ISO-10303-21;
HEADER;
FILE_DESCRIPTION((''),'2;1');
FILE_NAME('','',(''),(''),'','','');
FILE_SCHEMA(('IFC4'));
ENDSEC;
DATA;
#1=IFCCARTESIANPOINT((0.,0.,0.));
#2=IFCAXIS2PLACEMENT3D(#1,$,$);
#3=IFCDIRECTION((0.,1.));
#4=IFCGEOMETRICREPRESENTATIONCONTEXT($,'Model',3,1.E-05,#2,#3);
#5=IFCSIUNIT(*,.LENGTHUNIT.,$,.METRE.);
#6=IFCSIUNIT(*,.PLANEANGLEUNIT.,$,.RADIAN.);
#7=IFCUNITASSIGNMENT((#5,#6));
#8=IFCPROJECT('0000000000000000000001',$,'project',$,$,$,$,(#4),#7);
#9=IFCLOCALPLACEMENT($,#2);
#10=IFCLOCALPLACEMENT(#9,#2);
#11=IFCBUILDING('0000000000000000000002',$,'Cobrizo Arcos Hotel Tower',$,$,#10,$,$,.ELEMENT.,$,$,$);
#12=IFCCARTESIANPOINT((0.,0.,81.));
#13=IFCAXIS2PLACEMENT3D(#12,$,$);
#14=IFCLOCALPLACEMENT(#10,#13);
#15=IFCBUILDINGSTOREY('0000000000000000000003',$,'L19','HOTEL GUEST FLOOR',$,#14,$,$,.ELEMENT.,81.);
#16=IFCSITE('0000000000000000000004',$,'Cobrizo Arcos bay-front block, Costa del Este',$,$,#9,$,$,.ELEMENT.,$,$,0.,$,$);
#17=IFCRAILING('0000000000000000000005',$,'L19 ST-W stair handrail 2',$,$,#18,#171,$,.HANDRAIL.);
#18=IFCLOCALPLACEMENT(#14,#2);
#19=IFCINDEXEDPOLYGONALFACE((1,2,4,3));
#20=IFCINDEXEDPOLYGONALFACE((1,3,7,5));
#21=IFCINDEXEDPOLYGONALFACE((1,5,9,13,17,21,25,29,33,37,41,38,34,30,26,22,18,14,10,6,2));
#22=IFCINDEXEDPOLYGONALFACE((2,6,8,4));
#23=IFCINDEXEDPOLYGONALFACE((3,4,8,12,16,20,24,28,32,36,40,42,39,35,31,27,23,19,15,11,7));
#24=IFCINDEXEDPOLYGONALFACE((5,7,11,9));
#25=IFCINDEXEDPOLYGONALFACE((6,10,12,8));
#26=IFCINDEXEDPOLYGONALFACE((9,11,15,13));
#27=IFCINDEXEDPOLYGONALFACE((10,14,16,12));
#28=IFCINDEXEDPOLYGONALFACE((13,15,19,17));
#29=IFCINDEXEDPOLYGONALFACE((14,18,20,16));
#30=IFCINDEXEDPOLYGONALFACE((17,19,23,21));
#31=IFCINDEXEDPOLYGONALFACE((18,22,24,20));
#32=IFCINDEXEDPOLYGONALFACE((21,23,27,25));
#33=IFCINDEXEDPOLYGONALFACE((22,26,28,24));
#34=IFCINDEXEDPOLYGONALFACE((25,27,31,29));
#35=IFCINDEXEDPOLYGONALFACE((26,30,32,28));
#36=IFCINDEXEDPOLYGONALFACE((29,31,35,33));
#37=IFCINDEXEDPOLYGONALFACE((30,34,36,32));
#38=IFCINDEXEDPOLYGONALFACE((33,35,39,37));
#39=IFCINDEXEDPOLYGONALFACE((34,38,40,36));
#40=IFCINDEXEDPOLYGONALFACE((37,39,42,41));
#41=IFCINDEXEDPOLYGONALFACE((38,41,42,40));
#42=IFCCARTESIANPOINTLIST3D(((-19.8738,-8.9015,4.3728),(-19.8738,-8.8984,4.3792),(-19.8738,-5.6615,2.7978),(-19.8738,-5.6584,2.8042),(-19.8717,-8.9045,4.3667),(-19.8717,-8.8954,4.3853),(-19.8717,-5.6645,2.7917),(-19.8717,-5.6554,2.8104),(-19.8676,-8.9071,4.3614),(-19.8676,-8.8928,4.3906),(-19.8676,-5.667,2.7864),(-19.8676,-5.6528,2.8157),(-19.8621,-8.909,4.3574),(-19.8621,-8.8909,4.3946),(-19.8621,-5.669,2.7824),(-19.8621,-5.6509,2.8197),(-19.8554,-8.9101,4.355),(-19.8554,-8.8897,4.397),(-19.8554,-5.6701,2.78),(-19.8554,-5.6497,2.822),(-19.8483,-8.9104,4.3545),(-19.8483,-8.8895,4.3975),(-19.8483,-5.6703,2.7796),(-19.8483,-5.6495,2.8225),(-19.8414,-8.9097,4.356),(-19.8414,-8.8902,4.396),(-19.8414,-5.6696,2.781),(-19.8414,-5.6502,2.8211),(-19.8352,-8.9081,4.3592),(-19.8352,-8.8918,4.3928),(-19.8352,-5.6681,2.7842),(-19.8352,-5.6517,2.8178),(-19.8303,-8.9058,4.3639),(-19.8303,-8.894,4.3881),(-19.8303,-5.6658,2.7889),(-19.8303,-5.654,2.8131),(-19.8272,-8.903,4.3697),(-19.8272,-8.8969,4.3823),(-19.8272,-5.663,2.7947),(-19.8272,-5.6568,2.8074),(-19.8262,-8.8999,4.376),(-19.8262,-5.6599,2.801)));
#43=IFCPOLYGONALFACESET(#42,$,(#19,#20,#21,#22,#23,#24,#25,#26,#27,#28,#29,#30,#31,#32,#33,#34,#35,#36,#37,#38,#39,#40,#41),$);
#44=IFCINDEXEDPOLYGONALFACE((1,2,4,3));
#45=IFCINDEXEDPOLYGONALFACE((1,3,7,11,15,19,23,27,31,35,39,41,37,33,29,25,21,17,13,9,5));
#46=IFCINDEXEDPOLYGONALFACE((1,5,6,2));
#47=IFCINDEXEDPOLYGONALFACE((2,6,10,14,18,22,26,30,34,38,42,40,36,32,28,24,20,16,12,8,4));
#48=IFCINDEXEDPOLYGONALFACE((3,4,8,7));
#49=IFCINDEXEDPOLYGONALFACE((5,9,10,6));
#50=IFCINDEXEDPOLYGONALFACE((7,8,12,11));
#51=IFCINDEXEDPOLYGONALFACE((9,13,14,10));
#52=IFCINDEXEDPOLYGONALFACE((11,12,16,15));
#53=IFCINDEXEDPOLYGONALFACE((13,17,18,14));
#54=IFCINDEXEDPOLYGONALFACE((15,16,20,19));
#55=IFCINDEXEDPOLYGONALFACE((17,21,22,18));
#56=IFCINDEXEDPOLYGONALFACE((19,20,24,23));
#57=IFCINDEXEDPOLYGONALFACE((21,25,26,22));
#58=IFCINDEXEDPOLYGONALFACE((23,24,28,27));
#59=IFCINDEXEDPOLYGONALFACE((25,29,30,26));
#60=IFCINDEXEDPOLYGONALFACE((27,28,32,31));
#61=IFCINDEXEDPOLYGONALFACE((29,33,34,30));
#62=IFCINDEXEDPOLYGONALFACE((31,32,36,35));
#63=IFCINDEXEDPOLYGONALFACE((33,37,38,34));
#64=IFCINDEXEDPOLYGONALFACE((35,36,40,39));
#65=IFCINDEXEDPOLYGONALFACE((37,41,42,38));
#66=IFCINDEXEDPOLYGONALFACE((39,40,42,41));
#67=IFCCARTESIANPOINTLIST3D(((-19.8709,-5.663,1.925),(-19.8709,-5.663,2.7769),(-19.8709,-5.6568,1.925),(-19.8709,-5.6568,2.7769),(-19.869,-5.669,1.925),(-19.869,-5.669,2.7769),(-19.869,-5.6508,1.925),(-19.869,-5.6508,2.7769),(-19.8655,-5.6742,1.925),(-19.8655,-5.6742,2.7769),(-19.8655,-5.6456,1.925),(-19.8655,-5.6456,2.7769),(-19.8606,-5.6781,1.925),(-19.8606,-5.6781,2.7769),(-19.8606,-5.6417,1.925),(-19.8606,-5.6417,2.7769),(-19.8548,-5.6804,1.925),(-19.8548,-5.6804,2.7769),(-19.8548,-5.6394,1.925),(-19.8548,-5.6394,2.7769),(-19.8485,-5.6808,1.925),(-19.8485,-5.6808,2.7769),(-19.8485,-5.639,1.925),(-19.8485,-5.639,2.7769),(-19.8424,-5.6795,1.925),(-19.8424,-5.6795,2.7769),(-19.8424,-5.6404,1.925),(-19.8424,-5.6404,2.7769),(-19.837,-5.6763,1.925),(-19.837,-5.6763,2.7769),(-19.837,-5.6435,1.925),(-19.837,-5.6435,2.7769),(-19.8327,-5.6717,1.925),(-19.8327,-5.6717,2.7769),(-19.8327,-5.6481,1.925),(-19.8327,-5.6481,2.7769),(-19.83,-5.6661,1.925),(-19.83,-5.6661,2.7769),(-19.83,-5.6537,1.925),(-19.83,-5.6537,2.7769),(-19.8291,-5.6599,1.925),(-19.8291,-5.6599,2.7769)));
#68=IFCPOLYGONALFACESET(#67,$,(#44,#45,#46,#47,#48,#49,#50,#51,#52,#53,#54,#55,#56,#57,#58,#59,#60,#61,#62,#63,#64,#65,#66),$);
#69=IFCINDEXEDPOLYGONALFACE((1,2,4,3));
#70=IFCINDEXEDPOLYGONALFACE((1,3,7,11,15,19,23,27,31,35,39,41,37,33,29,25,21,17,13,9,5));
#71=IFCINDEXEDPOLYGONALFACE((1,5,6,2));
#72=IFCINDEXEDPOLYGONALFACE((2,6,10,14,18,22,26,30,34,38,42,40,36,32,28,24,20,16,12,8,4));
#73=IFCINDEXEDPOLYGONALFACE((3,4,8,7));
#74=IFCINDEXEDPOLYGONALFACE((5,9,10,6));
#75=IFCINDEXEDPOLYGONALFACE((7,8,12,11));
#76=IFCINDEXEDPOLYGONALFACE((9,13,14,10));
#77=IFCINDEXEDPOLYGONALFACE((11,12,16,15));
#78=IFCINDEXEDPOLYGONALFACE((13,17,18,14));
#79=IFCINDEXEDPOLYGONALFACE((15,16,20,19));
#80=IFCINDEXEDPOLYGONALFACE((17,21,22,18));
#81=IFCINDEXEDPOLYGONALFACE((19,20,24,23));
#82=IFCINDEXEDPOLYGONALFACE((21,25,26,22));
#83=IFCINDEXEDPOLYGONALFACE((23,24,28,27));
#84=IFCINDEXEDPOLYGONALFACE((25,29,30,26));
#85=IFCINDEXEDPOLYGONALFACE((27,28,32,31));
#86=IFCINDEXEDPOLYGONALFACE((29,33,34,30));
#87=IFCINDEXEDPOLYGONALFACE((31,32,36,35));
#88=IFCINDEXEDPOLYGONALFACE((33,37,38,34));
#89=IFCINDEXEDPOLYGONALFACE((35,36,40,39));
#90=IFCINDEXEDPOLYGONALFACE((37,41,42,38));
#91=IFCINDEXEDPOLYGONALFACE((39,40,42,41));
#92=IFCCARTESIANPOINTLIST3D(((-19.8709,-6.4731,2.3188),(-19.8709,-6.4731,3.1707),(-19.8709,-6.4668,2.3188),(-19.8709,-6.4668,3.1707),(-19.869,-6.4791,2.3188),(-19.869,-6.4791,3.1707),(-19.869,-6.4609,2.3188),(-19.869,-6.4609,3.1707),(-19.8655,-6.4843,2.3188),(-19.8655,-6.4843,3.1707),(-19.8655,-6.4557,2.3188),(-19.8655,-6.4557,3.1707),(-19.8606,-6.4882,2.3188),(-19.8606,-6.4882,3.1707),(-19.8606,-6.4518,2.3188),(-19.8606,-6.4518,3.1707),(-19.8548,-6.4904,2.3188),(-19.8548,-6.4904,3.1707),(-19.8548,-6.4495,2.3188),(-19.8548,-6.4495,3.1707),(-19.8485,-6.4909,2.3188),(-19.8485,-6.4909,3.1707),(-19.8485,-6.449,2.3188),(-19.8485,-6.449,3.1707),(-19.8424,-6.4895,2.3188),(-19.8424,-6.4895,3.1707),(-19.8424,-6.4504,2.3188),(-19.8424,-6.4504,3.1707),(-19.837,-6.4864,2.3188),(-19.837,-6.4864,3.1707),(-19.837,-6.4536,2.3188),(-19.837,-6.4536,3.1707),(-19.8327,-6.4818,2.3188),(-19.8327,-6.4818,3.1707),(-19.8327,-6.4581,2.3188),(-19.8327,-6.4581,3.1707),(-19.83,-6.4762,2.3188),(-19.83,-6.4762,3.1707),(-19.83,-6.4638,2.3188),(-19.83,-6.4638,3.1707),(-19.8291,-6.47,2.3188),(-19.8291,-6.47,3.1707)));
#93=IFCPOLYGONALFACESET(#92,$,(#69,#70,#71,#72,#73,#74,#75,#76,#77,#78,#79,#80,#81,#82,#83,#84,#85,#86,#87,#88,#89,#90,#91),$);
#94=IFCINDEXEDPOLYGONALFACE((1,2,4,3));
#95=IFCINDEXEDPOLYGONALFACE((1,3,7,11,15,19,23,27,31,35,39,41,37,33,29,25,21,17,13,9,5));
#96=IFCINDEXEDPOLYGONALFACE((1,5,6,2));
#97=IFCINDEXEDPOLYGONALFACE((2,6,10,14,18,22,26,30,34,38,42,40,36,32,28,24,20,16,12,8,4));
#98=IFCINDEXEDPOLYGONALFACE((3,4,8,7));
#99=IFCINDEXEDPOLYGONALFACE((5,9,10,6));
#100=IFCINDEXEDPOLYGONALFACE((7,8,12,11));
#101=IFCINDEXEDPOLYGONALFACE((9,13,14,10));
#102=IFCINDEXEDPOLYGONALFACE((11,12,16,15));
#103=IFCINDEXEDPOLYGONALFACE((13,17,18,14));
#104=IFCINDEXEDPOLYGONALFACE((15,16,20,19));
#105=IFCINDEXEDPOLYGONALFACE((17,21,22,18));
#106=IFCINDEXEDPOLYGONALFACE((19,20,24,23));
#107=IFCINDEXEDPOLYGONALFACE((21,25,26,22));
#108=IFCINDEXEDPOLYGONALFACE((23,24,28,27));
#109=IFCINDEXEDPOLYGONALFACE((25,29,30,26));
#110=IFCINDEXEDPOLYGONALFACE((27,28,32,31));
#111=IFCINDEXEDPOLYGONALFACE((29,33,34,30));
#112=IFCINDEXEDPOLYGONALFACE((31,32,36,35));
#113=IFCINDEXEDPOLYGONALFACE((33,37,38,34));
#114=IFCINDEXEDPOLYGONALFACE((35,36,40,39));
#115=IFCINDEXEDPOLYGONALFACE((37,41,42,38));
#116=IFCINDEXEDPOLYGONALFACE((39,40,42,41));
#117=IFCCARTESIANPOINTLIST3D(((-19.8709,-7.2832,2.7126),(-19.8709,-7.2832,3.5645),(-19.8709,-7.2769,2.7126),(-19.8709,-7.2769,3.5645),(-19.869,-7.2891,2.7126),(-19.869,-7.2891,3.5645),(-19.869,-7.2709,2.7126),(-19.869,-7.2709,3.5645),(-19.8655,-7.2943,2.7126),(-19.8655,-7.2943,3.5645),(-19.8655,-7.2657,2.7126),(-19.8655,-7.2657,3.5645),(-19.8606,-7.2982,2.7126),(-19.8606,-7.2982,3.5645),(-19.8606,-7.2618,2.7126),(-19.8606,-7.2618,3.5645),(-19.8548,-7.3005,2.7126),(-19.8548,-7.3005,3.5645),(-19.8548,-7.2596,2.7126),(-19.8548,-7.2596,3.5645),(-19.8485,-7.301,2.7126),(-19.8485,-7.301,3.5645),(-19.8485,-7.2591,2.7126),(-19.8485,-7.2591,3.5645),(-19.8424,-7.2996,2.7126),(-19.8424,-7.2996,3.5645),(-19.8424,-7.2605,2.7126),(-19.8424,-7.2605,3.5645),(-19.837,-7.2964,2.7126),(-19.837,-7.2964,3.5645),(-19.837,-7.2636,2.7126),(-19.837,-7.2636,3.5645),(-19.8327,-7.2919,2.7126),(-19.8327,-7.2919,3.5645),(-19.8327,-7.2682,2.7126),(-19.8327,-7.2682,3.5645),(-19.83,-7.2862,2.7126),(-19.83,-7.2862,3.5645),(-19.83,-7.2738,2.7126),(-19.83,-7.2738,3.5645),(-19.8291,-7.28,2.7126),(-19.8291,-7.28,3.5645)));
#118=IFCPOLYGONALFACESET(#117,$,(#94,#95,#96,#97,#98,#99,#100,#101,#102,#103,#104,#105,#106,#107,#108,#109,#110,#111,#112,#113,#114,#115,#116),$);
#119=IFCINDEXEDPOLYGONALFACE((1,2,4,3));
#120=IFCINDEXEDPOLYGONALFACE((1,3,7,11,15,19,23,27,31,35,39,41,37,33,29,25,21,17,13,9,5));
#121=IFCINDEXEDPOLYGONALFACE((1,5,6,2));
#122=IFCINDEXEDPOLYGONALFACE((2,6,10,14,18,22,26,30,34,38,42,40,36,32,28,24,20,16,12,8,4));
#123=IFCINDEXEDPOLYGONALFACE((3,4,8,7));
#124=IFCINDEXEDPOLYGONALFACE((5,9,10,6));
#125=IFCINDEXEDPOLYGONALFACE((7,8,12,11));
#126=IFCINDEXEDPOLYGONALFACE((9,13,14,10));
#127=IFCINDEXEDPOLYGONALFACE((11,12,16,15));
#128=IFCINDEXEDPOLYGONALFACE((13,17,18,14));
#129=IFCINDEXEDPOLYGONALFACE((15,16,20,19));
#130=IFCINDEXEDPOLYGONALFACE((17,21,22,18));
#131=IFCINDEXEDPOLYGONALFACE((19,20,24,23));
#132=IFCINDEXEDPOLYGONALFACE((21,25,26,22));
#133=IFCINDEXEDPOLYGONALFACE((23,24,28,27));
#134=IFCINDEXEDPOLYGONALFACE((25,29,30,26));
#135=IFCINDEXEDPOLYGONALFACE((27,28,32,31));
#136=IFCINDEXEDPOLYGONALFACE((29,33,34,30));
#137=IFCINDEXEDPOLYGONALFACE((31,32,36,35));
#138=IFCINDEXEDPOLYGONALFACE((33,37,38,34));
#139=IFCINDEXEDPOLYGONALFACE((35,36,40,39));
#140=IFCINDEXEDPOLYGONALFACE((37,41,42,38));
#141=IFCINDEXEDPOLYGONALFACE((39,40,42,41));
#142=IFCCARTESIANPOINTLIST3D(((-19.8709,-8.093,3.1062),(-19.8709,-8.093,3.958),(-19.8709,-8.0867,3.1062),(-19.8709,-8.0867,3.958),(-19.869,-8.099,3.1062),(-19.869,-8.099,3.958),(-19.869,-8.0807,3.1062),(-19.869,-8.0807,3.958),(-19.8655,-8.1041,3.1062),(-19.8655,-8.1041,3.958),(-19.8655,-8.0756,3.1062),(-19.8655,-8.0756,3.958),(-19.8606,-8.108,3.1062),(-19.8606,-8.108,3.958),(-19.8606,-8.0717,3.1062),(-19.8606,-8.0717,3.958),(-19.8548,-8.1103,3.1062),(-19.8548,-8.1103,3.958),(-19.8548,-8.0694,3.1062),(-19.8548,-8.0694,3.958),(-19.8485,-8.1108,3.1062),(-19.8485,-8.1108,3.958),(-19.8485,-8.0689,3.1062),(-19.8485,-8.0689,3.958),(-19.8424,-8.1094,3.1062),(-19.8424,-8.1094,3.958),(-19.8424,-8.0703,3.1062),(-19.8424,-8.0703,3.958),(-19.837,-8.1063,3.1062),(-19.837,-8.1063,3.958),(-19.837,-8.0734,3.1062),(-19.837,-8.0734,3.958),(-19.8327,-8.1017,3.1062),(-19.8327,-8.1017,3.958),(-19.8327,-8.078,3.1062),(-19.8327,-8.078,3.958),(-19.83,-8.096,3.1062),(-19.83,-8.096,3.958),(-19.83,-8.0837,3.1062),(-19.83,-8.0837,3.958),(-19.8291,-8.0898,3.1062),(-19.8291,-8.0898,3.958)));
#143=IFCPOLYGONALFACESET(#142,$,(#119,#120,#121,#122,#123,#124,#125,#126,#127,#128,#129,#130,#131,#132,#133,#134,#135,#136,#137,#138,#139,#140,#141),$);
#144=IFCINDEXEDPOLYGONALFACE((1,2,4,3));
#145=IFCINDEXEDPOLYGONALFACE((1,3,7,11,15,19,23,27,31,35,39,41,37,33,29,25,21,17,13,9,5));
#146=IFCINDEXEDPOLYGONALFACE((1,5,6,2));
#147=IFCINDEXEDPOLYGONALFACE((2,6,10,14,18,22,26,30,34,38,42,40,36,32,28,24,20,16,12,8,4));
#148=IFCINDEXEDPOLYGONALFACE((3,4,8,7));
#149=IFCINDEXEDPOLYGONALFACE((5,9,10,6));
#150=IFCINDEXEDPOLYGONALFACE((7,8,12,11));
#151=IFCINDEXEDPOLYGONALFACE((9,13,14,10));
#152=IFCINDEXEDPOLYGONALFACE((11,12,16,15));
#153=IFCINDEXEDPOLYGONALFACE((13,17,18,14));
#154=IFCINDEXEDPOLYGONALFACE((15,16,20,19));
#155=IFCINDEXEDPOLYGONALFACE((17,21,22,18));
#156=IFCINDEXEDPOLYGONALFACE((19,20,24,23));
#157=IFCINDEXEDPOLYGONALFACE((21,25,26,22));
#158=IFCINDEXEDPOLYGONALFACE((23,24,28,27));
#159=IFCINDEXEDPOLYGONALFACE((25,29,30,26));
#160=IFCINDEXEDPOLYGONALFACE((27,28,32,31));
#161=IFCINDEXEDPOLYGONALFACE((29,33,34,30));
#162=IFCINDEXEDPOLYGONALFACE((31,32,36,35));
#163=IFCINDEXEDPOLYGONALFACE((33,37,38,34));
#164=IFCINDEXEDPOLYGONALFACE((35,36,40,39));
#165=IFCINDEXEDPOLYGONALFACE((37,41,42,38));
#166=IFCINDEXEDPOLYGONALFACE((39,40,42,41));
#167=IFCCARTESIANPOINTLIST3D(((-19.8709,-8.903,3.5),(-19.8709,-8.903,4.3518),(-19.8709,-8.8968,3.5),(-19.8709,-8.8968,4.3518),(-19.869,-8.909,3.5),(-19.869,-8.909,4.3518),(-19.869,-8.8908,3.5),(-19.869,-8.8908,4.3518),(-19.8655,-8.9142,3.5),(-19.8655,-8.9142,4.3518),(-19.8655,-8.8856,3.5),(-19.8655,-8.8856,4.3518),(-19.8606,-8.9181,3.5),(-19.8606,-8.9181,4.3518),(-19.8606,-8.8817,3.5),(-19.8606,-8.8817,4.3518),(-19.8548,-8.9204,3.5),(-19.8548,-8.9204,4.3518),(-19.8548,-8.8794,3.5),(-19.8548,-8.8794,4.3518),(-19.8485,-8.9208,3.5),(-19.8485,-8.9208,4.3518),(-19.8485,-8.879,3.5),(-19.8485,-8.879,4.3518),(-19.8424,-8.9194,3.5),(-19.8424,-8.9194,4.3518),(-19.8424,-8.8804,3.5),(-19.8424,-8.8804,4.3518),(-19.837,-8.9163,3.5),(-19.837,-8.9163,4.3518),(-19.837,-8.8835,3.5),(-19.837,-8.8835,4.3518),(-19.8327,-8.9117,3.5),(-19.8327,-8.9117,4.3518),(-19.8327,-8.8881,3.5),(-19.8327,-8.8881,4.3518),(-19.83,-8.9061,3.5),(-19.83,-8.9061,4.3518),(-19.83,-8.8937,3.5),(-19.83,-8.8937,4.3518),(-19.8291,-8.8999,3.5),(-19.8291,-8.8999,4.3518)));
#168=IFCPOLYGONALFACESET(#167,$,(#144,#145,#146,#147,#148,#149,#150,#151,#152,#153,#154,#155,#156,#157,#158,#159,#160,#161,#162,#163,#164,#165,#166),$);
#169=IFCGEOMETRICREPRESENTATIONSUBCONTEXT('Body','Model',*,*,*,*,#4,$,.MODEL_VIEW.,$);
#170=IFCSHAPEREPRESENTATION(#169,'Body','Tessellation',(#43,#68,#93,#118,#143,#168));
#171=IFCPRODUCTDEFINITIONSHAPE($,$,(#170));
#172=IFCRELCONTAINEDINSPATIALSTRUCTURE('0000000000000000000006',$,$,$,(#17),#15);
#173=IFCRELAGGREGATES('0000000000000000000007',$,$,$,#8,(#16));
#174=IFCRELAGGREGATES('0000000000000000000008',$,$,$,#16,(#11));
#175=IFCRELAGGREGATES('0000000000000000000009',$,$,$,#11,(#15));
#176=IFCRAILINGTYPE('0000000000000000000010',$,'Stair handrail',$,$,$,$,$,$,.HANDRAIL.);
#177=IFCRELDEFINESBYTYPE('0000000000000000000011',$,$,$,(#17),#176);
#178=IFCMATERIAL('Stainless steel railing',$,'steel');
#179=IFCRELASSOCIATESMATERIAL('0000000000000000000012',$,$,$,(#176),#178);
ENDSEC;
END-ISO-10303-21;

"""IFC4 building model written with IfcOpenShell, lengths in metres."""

from ifc_helpers import new_model, si_unit, direction, frame, origin, origin_2d, place, context, subcontext, project, spatial, circle, extrude, material, type_object, element, save


model = new_model("IFC4")

# Units and contexts
model_context = context("Model", 3, precision=1e-05, world=origin(), true_north=direction((0.0, 1.0)))
body_context = subcontext(model_context, "Body", "Model", "MODEL_VIEW")
ifc_project = project(units=[si_unit("LENGTHUNIT", "METRE"), si_unit("PLANEANGLEUNIT", "RADIAN")], contexts=[model_context])

# Site, building, storey
site_placement = place(None, origin())
site = spatial("IfcSite", under=ifc_project, at=site_placement, Name="Cobrizo Arcos bay-front block, Costa del Este", CompositionType="ELEMENT", RefElevation=0.0)
building_placement = place(site_placement, origin())
building = spatial("IfcBuilding", under=site, at=building_placement, Name="Cobrizo Arcos Hotel Tower", CompositionType="ELEMENT")
storey_placement = place(building_placement, frame((0.0, 0.0, 81.0)))
storey = spatial("IfcBuildingStorey", under=building, at=storey_placement, Name="L19", Description="HOTEL GUEST FLOOR", CompositionType="ELEMENT", Elevation=81.0)

# Railing
ifc_material_1 = material(Name="Stainless steel railing", Category="steel")
railing_type_1 = type_object("IfcRailingType", Name="Stair handrail", PredefinedType="HANDRAIL", material=ifc_material_1)
railing_1_placement = place(storey_placement, frame((-19.8501, -5.6599, 1.925)))
element("IfcRailing", 1, at=railing_1_placement, inside=storey, type_object=railing_type_1, Name="L19 ST-W stair handrail 2", PredefinedType="HANDRAIL", context=body_context, shape_type="SweptSolid", body=[
    extrude(circle(Radius=0.0239, at=origin_2d()), frame((0.0, 0.0, 0.876), z_axis=(0.0, -0.899373, 0.437183), x_axis=(1.0, 0.0, 0.0)), (0.0, 0.0, 1.0), 3.6025),
    extrude(circle(Radius=0.021, at=origin_2d()), origin(), (0.0, 0.0, 1.0), 0.8518),
    extrude(circle(Radius=0.021, at=origin_2d()), frame((0.0, -0.8101, 0.3938)), (0.0, 0.0, 1.0), 0.8518),
    extrude(circle(Radius=0.021, at=origin_2d()), frame((0.0, -1.6201, 0.7876)), (0.0, 0.0, 1.0), 0.8518),
    extrude(circle(Radius=0.021, at=origin_2d()), frame((0.0, -2.4299, 1.1812)), (0.0, 0.0, 1.0), 0.8518),
    extrude(circle(Radius=0.021, at=origin_2d()), frame((0.0, -3.24, 1.575)), (0.0, 0.0, 1.0), 0.8518),
])

save(model, "model.ifc")
